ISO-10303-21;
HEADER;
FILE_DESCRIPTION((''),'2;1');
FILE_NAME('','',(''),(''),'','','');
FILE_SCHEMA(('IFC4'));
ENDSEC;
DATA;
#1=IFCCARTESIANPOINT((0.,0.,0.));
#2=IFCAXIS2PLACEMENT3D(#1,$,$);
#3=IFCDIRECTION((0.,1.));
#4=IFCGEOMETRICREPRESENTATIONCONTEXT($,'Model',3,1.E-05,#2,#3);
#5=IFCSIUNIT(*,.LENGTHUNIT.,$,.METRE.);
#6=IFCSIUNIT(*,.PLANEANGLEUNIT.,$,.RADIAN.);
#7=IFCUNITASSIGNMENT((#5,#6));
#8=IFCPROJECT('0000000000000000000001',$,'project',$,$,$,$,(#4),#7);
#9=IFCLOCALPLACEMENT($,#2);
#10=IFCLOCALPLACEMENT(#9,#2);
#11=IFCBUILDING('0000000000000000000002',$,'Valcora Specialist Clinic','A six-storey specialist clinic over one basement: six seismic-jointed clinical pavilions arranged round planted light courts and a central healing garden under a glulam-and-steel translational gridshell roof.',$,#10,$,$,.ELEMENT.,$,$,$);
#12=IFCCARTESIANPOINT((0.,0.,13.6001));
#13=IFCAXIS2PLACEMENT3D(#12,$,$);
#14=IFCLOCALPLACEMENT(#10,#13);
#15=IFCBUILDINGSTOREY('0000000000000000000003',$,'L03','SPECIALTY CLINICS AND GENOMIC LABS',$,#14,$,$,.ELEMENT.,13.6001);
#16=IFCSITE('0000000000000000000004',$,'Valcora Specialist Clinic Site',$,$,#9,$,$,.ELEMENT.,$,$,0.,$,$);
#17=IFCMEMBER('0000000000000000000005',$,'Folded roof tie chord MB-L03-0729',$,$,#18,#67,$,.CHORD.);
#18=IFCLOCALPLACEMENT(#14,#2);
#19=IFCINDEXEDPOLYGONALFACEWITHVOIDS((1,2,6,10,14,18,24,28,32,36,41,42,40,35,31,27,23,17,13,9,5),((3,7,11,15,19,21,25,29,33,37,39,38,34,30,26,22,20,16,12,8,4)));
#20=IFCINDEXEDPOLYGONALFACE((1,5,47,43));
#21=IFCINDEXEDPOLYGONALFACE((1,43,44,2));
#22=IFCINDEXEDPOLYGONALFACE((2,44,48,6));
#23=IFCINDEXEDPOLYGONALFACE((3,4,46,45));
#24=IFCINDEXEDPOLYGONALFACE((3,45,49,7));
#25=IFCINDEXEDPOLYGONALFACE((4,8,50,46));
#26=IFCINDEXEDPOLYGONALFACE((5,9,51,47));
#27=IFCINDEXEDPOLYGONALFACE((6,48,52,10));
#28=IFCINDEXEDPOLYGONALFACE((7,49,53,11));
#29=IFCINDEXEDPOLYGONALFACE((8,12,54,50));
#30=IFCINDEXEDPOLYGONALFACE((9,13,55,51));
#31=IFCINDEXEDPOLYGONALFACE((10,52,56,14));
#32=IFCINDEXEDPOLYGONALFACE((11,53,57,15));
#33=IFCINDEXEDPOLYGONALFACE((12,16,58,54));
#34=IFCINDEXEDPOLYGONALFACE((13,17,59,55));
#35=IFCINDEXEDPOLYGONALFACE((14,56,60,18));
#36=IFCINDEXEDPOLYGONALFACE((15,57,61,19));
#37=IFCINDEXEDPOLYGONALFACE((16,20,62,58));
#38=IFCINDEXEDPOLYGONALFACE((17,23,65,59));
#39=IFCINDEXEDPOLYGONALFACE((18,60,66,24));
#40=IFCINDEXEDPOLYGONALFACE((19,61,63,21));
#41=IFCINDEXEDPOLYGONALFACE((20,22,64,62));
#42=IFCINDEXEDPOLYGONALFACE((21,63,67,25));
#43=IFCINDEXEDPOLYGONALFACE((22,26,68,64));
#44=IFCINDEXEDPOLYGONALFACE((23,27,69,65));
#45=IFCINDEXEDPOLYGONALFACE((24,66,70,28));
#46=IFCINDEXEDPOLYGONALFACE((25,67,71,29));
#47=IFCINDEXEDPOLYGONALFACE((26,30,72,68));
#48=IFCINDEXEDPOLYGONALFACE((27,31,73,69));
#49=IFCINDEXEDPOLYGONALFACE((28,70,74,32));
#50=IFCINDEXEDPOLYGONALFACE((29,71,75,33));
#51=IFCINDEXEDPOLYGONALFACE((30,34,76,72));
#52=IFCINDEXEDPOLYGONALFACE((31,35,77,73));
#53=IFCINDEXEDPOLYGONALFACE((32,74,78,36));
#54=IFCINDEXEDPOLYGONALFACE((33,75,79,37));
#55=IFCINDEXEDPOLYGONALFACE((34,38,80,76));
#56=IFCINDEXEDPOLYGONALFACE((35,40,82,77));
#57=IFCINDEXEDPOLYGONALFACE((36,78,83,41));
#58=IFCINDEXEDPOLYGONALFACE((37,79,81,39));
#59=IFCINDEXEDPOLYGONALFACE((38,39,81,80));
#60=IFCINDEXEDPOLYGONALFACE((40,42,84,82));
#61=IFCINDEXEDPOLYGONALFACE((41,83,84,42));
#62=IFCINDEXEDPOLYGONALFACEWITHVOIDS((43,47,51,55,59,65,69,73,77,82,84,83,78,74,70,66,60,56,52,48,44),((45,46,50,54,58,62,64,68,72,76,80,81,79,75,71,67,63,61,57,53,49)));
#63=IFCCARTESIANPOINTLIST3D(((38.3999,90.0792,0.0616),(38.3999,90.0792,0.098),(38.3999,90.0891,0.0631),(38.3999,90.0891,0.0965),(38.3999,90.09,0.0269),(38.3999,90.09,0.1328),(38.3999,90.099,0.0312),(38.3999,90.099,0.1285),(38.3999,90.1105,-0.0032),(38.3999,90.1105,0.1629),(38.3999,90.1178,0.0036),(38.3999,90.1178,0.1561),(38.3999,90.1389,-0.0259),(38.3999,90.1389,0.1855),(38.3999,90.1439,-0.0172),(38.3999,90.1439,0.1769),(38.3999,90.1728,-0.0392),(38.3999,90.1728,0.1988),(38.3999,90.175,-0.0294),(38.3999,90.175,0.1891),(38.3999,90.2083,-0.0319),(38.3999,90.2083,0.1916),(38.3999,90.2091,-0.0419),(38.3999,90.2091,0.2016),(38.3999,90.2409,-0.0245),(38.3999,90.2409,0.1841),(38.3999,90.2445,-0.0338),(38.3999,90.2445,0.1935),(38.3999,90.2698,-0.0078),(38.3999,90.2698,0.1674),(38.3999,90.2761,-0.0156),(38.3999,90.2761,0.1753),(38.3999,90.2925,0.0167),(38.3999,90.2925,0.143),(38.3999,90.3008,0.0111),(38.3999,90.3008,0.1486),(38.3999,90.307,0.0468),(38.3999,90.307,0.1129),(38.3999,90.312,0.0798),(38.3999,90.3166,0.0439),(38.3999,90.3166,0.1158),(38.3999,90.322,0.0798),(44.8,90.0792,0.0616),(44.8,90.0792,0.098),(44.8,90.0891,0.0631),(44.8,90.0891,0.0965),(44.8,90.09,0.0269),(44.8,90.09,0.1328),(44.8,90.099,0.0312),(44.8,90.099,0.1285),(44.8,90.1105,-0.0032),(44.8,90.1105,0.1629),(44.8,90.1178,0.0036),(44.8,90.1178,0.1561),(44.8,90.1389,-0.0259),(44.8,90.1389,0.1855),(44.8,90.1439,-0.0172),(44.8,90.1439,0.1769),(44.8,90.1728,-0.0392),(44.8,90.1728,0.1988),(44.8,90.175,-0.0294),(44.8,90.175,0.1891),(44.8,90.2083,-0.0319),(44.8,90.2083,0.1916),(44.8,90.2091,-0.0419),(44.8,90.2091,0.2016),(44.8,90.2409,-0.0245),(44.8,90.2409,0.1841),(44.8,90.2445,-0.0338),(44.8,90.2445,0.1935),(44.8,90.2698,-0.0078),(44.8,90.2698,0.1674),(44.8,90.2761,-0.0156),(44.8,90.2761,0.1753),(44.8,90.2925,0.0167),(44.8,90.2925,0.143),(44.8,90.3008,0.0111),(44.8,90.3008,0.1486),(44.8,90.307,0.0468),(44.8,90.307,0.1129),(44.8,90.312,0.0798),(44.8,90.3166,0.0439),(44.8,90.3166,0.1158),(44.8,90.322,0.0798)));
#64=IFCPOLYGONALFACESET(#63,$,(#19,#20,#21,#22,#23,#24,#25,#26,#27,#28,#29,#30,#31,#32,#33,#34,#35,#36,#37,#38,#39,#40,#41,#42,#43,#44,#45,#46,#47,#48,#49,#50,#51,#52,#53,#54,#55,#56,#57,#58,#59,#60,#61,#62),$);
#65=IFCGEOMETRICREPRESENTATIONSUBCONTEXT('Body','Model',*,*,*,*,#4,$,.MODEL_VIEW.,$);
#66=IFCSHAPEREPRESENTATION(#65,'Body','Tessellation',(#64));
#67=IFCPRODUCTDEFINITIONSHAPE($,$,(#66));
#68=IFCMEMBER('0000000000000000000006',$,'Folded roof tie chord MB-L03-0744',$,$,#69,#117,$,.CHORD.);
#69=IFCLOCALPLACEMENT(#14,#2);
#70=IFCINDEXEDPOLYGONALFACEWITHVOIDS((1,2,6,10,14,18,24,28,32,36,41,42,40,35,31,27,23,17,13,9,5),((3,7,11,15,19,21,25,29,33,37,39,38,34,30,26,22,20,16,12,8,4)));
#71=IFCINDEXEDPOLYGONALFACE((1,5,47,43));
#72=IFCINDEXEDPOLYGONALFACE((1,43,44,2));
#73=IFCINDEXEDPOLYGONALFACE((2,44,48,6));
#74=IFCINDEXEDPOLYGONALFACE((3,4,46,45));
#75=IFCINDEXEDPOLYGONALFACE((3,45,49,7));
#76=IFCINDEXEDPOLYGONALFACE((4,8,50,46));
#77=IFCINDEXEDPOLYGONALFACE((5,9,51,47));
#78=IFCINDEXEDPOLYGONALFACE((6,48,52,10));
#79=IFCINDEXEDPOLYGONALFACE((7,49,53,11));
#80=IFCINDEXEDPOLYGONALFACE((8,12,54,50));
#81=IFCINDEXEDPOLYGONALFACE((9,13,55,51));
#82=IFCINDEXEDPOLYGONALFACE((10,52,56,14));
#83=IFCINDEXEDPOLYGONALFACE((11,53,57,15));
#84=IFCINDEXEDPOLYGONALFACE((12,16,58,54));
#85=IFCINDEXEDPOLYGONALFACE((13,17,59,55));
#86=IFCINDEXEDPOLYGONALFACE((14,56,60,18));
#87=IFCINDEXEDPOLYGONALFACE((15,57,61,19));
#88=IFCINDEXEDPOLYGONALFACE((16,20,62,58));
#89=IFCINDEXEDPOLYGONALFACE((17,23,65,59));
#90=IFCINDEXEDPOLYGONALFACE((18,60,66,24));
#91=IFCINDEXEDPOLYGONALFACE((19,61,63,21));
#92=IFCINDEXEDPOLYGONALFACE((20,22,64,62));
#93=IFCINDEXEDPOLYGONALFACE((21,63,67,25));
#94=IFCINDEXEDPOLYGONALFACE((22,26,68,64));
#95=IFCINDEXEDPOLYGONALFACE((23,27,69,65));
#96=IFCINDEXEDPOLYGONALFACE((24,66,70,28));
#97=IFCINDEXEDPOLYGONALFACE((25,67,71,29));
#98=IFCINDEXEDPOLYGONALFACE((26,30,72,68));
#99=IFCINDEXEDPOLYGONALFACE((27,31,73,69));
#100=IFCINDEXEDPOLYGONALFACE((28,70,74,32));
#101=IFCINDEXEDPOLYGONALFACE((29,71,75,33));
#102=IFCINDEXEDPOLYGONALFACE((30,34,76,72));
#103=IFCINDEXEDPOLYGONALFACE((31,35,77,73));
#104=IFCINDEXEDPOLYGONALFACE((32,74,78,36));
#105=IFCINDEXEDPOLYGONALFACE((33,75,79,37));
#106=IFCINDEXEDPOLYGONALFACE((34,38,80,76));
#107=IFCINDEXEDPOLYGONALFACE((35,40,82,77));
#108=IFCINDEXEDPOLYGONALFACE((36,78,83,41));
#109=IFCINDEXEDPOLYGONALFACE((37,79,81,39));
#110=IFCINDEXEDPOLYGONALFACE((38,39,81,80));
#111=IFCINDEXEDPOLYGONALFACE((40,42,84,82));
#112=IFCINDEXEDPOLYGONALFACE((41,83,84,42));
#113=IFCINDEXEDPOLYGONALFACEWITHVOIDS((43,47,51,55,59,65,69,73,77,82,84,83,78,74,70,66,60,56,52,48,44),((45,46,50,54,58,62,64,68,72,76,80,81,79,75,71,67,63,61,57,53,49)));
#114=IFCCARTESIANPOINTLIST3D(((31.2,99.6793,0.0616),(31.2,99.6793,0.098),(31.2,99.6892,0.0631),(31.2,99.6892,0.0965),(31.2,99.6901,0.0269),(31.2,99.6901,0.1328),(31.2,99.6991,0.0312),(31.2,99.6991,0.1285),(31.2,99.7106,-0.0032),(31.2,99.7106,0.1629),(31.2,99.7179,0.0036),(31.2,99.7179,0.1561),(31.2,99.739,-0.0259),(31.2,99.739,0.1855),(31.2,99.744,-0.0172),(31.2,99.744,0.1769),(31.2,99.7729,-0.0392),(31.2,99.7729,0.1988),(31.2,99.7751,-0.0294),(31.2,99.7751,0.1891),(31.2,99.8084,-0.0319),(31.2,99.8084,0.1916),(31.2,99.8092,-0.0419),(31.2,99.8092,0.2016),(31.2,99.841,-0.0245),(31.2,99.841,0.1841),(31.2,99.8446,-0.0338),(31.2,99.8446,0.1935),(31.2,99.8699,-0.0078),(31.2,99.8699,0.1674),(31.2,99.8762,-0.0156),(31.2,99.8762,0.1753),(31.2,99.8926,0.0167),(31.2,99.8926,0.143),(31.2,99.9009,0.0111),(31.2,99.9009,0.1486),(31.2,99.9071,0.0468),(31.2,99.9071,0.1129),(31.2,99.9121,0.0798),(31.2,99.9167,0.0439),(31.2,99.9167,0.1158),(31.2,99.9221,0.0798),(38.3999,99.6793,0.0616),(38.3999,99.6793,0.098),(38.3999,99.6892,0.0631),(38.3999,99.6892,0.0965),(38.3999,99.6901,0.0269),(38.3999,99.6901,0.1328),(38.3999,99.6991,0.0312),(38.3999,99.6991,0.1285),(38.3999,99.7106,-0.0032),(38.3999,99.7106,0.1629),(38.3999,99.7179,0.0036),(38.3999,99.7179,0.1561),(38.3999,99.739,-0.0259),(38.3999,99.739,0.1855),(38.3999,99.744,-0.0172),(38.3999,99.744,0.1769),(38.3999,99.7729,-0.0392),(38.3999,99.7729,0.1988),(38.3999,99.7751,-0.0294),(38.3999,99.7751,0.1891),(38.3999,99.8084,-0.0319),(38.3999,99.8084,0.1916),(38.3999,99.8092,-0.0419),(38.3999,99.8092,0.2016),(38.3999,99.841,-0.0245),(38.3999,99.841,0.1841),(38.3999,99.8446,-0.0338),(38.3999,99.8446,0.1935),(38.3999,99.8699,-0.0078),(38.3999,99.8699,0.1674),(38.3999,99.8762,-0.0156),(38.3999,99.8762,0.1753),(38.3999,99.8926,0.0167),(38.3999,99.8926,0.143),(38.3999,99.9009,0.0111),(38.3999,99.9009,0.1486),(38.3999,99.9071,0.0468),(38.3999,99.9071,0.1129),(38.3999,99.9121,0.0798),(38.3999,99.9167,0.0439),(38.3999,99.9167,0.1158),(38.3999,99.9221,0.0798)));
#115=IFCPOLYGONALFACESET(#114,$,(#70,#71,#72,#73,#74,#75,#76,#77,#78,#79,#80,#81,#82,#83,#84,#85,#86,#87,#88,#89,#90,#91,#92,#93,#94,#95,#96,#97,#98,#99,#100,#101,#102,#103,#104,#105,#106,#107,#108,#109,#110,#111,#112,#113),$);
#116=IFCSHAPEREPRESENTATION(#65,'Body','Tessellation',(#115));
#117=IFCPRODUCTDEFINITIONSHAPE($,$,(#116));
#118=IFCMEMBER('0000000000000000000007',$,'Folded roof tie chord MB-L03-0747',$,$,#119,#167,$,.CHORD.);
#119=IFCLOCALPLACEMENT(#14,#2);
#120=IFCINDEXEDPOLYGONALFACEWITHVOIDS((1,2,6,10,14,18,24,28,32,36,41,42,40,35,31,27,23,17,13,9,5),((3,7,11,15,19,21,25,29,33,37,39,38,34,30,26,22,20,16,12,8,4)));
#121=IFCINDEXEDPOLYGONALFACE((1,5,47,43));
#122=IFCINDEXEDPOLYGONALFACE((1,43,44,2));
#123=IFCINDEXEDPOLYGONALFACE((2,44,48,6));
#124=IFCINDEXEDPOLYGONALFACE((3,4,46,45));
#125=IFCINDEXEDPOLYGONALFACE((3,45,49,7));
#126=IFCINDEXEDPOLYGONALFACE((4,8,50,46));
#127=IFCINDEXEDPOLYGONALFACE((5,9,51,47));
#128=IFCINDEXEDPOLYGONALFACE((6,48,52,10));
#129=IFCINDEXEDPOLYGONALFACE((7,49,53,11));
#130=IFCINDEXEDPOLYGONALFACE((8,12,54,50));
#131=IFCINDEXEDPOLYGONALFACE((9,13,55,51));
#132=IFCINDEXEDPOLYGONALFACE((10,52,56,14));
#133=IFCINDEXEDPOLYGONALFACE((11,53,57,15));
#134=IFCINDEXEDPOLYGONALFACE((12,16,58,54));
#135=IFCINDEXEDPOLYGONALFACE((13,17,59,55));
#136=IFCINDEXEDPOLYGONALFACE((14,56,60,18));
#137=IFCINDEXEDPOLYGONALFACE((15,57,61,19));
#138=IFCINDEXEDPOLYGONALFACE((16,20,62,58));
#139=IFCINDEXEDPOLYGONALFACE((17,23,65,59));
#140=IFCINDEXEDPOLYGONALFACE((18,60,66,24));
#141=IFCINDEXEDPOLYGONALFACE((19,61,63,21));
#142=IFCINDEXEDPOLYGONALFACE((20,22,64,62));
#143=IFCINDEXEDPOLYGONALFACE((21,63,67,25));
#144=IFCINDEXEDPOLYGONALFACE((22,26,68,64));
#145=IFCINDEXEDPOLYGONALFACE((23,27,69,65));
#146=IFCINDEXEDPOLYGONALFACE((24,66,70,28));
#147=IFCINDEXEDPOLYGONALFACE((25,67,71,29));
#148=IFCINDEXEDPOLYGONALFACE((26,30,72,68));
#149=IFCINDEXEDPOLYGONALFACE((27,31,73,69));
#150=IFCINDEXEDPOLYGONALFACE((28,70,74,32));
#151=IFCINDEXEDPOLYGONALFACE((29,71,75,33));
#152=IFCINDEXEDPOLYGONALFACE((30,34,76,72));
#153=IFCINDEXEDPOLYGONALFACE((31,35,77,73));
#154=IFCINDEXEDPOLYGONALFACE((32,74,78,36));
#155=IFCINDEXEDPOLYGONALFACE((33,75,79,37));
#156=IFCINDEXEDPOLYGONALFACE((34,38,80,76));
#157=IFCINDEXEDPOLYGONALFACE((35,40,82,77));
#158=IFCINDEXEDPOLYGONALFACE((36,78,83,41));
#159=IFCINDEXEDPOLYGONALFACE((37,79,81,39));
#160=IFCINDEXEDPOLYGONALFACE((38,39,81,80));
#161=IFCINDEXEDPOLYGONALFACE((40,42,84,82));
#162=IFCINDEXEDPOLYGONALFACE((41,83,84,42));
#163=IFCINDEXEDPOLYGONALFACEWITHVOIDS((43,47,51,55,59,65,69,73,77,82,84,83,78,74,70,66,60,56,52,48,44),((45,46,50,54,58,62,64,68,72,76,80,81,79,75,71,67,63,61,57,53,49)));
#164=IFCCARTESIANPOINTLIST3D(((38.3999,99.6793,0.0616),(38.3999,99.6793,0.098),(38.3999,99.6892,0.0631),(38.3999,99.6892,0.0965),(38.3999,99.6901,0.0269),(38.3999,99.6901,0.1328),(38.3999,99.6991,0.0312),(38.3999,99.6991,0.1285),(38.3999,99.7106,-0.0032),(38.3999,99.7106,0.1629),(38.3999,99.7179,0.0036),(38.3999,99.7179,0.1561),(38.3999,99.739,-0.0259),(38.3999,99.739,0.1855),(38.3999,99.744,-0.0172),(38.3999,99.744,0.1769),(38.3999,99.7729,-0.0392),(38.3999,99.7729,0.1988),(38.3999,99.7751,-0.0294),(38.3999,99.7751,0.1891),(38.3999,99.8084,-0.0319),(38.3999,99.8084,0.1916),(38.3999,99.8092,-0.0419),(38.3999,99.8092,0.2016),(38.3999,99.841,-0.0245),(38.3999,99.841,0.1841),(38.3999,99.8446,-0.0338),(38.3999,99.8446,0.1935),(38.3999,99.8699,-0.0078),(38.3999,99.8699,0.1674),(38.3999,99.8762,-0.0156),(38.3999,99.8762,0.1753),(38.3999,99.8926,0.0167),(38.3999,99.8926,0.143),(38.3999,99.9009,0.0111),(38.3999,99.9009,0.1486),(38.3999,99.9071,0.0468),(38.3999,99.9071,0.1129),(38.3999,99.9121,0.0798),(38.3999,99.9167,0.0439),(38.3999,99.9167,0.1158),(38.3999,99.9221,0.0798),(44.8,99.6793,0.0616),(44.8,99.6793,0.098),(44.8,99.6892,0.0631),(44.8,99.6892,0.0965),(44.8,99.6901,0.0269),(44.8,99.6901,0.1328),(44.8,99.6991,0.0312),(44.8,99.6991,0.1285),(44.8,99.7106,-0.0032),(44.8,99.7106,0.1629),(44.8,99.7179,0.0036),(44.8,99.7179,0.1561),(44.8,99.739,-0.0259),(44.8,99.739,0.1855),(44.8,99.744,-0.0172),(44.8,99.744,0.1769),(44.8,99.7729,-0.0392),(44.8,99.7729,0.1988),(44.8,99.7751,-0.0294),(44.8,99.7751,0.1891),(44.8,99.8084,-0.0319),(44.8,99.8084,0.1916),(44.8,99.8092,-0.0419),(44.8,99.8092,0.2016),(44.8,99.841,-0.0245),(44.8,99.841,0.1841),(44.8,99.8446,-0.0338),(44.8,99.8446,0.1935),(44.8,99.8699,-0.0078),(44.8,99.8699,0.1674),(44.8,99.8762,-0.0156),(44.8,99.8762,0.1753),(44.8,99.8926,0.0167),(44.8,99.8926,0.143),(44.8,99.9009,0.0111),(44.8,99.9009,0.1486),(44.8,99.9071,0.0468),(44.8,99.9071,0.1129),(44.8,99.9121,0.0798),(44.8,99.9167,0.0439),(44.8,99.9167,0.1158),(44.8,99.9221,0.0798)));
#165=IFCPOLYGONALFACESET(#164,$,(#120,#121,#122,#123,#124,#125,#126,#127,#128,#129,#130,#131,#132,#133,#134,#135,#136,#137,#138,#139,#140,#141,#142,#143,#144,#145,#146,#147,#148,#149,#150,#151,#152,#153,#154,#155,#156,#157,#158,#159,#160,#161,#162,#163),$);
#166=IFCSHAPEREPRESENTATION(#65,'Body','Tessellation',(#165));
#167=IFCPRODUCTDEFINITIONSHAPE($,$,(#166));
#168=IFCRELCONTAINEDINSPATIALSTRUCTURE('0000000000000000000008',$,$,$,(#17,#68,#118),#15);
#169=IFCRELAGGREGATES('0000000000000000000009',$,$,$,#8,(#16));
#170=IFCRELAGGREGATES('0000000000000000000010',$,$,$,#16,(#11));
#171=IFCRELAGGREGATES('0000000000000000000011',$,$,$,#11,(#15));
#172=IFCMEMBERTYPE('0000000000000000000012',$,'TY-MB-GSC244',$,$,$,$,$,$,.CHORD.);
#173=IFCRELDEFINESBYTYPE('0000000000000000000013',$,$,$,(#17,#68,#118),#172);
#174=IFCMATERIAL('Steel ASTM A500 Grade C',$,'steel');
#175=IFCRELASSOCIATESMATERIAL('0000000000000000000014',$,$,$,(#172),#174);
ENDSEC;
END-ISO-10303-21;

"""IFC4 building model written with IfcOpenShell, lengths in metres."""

from ifc_helpers import new_model, si_unit, direction, frame, origin, origin_2d, place, context, subcontext, project, spatial, hollow_circle, extrude, material, material_profile, profile_set, type_object, element, save


model = new_model("IFC4")

# Units and contexts
model_context = context("Model", 3, precision=1e-05, world=origin(), true_north=direction((0.0, 1.0)))
body_context = subcontext(model_context, "Body", "Model", "MODEL_VIEW")
ifc_project = project(units=[si_unit("LENGTHUNIT", "METRE"), si_unit("PLANEANGLEUNIT", "RADIAN")], contexts=[model_context])

# Site, building, storey
site_placement = place(None, origin())
site = spatial("IfcSite", under=ifc_project, at=site_placement, Name="Valcora Specialist Clinic Site", CompositionType="ELEMENT", RefElevation=0.0)
building_placement = place(site_placement, origin())
building = spatial("IfcBuilding", under=site, at=building_placement, Name="Valcora Specialist Clinic", Description="A six-storey specialist clinic over one basement: six seismic-jointed clinical pavilions arranged round planted light courts and a central healing garden under a glulam-and-steel translational gridshell roof.", CompositionType="ELEMENT")
storey_placement = place(building_placement, frame((0.0, 0.0, 13.6001)))
storey = spatial("IfcBuildingStorey", under=building, at=storey_placement, Name="L03", Description="SPECIALTY CLINICS AND GENOMIC LABS", CompositionType="ELEMENT", Elevation=13.6001)

# Shared definitions
ifc_material_1 = material(Name="Steel ASTM A500 Grade C", Category="steel")

# Members
ifc_material_profile_1 = material_profile(ifc_material_1, hollow_circle(Radius=0.1221, WallThickness=0.01, at=origin_2d()), Name="ST-CHS-244X10")
ifc_profile_set_1 = profile_set([ifc_material_profile_1], Name="Steel ASTM A500 Grade C")
member_type_1 = type_object("IfcMemberType", Name="TY-MB-GSC244", PredefinedType="CHORD", material=ifc_profile_set_1)
member_1_placement = place(storey_placement, frame((38.3999, 90.2, 0.0798), z_axis=(1.0, 0.0, 0.0), x_axis=(0.0, 1.0, 0.0)))
element("IfcMember", 1, at=member_1_placement, inside=storey, type_object=member_type_1, Name="Folded roof tie chord MB-L03-0729", PredefinedType="CHORD", context=body_context, shape_type="SweptSolid", body=[
    extrude(hollow_circle(Radius=0.1221, WallThickness=0.01, at=origin_2d()), origin(), (0.0, 0.0, 1.0), 6.4001),
])
member_2_placement = place(storey_placement, frame((31.2, 99.8, 0.0798), z_axis=(1.0, 0.0, 0.0), x_axis=(0.0, 1.0, 0.0)))
element("IfcMember", 2, at=member_2_placement, inside=storey, type_object=member_type_1, Name="Folded roof tie chord MB-L03-0744", PredefinedType="CHORD", context=body_context, shape_type="SweptSolid", body=[
    extrude(hollow_circle(Radius=0.1221, WallThickness=0.01, at=origin_2d()), origin(), (0.0, 0.0, 1.0), 7.2),
])
member_3_placement = place(storey_placement, frame((38.3999, 99.8, 0.0798), z_axis=(1.0, 0.0, 0.0), x_axis=(0.0, 1.0, 0.0)))
element("IfcMember", 3, at=member_3_placement, inside=storey, type_object=member_type_1, Name="Folded roof tie chord MB-L03-0747", PredefinedType="CHORD", context=body_context, shape_type="SweptSolid", body=[
    extrude(hollow_circle(Radius=0.1221, WallThickness=0.01, at=origin_2d()), origin(), (0.0, 0.0, 1.0), 6.4001),
])

save(model, "model.ifc")
